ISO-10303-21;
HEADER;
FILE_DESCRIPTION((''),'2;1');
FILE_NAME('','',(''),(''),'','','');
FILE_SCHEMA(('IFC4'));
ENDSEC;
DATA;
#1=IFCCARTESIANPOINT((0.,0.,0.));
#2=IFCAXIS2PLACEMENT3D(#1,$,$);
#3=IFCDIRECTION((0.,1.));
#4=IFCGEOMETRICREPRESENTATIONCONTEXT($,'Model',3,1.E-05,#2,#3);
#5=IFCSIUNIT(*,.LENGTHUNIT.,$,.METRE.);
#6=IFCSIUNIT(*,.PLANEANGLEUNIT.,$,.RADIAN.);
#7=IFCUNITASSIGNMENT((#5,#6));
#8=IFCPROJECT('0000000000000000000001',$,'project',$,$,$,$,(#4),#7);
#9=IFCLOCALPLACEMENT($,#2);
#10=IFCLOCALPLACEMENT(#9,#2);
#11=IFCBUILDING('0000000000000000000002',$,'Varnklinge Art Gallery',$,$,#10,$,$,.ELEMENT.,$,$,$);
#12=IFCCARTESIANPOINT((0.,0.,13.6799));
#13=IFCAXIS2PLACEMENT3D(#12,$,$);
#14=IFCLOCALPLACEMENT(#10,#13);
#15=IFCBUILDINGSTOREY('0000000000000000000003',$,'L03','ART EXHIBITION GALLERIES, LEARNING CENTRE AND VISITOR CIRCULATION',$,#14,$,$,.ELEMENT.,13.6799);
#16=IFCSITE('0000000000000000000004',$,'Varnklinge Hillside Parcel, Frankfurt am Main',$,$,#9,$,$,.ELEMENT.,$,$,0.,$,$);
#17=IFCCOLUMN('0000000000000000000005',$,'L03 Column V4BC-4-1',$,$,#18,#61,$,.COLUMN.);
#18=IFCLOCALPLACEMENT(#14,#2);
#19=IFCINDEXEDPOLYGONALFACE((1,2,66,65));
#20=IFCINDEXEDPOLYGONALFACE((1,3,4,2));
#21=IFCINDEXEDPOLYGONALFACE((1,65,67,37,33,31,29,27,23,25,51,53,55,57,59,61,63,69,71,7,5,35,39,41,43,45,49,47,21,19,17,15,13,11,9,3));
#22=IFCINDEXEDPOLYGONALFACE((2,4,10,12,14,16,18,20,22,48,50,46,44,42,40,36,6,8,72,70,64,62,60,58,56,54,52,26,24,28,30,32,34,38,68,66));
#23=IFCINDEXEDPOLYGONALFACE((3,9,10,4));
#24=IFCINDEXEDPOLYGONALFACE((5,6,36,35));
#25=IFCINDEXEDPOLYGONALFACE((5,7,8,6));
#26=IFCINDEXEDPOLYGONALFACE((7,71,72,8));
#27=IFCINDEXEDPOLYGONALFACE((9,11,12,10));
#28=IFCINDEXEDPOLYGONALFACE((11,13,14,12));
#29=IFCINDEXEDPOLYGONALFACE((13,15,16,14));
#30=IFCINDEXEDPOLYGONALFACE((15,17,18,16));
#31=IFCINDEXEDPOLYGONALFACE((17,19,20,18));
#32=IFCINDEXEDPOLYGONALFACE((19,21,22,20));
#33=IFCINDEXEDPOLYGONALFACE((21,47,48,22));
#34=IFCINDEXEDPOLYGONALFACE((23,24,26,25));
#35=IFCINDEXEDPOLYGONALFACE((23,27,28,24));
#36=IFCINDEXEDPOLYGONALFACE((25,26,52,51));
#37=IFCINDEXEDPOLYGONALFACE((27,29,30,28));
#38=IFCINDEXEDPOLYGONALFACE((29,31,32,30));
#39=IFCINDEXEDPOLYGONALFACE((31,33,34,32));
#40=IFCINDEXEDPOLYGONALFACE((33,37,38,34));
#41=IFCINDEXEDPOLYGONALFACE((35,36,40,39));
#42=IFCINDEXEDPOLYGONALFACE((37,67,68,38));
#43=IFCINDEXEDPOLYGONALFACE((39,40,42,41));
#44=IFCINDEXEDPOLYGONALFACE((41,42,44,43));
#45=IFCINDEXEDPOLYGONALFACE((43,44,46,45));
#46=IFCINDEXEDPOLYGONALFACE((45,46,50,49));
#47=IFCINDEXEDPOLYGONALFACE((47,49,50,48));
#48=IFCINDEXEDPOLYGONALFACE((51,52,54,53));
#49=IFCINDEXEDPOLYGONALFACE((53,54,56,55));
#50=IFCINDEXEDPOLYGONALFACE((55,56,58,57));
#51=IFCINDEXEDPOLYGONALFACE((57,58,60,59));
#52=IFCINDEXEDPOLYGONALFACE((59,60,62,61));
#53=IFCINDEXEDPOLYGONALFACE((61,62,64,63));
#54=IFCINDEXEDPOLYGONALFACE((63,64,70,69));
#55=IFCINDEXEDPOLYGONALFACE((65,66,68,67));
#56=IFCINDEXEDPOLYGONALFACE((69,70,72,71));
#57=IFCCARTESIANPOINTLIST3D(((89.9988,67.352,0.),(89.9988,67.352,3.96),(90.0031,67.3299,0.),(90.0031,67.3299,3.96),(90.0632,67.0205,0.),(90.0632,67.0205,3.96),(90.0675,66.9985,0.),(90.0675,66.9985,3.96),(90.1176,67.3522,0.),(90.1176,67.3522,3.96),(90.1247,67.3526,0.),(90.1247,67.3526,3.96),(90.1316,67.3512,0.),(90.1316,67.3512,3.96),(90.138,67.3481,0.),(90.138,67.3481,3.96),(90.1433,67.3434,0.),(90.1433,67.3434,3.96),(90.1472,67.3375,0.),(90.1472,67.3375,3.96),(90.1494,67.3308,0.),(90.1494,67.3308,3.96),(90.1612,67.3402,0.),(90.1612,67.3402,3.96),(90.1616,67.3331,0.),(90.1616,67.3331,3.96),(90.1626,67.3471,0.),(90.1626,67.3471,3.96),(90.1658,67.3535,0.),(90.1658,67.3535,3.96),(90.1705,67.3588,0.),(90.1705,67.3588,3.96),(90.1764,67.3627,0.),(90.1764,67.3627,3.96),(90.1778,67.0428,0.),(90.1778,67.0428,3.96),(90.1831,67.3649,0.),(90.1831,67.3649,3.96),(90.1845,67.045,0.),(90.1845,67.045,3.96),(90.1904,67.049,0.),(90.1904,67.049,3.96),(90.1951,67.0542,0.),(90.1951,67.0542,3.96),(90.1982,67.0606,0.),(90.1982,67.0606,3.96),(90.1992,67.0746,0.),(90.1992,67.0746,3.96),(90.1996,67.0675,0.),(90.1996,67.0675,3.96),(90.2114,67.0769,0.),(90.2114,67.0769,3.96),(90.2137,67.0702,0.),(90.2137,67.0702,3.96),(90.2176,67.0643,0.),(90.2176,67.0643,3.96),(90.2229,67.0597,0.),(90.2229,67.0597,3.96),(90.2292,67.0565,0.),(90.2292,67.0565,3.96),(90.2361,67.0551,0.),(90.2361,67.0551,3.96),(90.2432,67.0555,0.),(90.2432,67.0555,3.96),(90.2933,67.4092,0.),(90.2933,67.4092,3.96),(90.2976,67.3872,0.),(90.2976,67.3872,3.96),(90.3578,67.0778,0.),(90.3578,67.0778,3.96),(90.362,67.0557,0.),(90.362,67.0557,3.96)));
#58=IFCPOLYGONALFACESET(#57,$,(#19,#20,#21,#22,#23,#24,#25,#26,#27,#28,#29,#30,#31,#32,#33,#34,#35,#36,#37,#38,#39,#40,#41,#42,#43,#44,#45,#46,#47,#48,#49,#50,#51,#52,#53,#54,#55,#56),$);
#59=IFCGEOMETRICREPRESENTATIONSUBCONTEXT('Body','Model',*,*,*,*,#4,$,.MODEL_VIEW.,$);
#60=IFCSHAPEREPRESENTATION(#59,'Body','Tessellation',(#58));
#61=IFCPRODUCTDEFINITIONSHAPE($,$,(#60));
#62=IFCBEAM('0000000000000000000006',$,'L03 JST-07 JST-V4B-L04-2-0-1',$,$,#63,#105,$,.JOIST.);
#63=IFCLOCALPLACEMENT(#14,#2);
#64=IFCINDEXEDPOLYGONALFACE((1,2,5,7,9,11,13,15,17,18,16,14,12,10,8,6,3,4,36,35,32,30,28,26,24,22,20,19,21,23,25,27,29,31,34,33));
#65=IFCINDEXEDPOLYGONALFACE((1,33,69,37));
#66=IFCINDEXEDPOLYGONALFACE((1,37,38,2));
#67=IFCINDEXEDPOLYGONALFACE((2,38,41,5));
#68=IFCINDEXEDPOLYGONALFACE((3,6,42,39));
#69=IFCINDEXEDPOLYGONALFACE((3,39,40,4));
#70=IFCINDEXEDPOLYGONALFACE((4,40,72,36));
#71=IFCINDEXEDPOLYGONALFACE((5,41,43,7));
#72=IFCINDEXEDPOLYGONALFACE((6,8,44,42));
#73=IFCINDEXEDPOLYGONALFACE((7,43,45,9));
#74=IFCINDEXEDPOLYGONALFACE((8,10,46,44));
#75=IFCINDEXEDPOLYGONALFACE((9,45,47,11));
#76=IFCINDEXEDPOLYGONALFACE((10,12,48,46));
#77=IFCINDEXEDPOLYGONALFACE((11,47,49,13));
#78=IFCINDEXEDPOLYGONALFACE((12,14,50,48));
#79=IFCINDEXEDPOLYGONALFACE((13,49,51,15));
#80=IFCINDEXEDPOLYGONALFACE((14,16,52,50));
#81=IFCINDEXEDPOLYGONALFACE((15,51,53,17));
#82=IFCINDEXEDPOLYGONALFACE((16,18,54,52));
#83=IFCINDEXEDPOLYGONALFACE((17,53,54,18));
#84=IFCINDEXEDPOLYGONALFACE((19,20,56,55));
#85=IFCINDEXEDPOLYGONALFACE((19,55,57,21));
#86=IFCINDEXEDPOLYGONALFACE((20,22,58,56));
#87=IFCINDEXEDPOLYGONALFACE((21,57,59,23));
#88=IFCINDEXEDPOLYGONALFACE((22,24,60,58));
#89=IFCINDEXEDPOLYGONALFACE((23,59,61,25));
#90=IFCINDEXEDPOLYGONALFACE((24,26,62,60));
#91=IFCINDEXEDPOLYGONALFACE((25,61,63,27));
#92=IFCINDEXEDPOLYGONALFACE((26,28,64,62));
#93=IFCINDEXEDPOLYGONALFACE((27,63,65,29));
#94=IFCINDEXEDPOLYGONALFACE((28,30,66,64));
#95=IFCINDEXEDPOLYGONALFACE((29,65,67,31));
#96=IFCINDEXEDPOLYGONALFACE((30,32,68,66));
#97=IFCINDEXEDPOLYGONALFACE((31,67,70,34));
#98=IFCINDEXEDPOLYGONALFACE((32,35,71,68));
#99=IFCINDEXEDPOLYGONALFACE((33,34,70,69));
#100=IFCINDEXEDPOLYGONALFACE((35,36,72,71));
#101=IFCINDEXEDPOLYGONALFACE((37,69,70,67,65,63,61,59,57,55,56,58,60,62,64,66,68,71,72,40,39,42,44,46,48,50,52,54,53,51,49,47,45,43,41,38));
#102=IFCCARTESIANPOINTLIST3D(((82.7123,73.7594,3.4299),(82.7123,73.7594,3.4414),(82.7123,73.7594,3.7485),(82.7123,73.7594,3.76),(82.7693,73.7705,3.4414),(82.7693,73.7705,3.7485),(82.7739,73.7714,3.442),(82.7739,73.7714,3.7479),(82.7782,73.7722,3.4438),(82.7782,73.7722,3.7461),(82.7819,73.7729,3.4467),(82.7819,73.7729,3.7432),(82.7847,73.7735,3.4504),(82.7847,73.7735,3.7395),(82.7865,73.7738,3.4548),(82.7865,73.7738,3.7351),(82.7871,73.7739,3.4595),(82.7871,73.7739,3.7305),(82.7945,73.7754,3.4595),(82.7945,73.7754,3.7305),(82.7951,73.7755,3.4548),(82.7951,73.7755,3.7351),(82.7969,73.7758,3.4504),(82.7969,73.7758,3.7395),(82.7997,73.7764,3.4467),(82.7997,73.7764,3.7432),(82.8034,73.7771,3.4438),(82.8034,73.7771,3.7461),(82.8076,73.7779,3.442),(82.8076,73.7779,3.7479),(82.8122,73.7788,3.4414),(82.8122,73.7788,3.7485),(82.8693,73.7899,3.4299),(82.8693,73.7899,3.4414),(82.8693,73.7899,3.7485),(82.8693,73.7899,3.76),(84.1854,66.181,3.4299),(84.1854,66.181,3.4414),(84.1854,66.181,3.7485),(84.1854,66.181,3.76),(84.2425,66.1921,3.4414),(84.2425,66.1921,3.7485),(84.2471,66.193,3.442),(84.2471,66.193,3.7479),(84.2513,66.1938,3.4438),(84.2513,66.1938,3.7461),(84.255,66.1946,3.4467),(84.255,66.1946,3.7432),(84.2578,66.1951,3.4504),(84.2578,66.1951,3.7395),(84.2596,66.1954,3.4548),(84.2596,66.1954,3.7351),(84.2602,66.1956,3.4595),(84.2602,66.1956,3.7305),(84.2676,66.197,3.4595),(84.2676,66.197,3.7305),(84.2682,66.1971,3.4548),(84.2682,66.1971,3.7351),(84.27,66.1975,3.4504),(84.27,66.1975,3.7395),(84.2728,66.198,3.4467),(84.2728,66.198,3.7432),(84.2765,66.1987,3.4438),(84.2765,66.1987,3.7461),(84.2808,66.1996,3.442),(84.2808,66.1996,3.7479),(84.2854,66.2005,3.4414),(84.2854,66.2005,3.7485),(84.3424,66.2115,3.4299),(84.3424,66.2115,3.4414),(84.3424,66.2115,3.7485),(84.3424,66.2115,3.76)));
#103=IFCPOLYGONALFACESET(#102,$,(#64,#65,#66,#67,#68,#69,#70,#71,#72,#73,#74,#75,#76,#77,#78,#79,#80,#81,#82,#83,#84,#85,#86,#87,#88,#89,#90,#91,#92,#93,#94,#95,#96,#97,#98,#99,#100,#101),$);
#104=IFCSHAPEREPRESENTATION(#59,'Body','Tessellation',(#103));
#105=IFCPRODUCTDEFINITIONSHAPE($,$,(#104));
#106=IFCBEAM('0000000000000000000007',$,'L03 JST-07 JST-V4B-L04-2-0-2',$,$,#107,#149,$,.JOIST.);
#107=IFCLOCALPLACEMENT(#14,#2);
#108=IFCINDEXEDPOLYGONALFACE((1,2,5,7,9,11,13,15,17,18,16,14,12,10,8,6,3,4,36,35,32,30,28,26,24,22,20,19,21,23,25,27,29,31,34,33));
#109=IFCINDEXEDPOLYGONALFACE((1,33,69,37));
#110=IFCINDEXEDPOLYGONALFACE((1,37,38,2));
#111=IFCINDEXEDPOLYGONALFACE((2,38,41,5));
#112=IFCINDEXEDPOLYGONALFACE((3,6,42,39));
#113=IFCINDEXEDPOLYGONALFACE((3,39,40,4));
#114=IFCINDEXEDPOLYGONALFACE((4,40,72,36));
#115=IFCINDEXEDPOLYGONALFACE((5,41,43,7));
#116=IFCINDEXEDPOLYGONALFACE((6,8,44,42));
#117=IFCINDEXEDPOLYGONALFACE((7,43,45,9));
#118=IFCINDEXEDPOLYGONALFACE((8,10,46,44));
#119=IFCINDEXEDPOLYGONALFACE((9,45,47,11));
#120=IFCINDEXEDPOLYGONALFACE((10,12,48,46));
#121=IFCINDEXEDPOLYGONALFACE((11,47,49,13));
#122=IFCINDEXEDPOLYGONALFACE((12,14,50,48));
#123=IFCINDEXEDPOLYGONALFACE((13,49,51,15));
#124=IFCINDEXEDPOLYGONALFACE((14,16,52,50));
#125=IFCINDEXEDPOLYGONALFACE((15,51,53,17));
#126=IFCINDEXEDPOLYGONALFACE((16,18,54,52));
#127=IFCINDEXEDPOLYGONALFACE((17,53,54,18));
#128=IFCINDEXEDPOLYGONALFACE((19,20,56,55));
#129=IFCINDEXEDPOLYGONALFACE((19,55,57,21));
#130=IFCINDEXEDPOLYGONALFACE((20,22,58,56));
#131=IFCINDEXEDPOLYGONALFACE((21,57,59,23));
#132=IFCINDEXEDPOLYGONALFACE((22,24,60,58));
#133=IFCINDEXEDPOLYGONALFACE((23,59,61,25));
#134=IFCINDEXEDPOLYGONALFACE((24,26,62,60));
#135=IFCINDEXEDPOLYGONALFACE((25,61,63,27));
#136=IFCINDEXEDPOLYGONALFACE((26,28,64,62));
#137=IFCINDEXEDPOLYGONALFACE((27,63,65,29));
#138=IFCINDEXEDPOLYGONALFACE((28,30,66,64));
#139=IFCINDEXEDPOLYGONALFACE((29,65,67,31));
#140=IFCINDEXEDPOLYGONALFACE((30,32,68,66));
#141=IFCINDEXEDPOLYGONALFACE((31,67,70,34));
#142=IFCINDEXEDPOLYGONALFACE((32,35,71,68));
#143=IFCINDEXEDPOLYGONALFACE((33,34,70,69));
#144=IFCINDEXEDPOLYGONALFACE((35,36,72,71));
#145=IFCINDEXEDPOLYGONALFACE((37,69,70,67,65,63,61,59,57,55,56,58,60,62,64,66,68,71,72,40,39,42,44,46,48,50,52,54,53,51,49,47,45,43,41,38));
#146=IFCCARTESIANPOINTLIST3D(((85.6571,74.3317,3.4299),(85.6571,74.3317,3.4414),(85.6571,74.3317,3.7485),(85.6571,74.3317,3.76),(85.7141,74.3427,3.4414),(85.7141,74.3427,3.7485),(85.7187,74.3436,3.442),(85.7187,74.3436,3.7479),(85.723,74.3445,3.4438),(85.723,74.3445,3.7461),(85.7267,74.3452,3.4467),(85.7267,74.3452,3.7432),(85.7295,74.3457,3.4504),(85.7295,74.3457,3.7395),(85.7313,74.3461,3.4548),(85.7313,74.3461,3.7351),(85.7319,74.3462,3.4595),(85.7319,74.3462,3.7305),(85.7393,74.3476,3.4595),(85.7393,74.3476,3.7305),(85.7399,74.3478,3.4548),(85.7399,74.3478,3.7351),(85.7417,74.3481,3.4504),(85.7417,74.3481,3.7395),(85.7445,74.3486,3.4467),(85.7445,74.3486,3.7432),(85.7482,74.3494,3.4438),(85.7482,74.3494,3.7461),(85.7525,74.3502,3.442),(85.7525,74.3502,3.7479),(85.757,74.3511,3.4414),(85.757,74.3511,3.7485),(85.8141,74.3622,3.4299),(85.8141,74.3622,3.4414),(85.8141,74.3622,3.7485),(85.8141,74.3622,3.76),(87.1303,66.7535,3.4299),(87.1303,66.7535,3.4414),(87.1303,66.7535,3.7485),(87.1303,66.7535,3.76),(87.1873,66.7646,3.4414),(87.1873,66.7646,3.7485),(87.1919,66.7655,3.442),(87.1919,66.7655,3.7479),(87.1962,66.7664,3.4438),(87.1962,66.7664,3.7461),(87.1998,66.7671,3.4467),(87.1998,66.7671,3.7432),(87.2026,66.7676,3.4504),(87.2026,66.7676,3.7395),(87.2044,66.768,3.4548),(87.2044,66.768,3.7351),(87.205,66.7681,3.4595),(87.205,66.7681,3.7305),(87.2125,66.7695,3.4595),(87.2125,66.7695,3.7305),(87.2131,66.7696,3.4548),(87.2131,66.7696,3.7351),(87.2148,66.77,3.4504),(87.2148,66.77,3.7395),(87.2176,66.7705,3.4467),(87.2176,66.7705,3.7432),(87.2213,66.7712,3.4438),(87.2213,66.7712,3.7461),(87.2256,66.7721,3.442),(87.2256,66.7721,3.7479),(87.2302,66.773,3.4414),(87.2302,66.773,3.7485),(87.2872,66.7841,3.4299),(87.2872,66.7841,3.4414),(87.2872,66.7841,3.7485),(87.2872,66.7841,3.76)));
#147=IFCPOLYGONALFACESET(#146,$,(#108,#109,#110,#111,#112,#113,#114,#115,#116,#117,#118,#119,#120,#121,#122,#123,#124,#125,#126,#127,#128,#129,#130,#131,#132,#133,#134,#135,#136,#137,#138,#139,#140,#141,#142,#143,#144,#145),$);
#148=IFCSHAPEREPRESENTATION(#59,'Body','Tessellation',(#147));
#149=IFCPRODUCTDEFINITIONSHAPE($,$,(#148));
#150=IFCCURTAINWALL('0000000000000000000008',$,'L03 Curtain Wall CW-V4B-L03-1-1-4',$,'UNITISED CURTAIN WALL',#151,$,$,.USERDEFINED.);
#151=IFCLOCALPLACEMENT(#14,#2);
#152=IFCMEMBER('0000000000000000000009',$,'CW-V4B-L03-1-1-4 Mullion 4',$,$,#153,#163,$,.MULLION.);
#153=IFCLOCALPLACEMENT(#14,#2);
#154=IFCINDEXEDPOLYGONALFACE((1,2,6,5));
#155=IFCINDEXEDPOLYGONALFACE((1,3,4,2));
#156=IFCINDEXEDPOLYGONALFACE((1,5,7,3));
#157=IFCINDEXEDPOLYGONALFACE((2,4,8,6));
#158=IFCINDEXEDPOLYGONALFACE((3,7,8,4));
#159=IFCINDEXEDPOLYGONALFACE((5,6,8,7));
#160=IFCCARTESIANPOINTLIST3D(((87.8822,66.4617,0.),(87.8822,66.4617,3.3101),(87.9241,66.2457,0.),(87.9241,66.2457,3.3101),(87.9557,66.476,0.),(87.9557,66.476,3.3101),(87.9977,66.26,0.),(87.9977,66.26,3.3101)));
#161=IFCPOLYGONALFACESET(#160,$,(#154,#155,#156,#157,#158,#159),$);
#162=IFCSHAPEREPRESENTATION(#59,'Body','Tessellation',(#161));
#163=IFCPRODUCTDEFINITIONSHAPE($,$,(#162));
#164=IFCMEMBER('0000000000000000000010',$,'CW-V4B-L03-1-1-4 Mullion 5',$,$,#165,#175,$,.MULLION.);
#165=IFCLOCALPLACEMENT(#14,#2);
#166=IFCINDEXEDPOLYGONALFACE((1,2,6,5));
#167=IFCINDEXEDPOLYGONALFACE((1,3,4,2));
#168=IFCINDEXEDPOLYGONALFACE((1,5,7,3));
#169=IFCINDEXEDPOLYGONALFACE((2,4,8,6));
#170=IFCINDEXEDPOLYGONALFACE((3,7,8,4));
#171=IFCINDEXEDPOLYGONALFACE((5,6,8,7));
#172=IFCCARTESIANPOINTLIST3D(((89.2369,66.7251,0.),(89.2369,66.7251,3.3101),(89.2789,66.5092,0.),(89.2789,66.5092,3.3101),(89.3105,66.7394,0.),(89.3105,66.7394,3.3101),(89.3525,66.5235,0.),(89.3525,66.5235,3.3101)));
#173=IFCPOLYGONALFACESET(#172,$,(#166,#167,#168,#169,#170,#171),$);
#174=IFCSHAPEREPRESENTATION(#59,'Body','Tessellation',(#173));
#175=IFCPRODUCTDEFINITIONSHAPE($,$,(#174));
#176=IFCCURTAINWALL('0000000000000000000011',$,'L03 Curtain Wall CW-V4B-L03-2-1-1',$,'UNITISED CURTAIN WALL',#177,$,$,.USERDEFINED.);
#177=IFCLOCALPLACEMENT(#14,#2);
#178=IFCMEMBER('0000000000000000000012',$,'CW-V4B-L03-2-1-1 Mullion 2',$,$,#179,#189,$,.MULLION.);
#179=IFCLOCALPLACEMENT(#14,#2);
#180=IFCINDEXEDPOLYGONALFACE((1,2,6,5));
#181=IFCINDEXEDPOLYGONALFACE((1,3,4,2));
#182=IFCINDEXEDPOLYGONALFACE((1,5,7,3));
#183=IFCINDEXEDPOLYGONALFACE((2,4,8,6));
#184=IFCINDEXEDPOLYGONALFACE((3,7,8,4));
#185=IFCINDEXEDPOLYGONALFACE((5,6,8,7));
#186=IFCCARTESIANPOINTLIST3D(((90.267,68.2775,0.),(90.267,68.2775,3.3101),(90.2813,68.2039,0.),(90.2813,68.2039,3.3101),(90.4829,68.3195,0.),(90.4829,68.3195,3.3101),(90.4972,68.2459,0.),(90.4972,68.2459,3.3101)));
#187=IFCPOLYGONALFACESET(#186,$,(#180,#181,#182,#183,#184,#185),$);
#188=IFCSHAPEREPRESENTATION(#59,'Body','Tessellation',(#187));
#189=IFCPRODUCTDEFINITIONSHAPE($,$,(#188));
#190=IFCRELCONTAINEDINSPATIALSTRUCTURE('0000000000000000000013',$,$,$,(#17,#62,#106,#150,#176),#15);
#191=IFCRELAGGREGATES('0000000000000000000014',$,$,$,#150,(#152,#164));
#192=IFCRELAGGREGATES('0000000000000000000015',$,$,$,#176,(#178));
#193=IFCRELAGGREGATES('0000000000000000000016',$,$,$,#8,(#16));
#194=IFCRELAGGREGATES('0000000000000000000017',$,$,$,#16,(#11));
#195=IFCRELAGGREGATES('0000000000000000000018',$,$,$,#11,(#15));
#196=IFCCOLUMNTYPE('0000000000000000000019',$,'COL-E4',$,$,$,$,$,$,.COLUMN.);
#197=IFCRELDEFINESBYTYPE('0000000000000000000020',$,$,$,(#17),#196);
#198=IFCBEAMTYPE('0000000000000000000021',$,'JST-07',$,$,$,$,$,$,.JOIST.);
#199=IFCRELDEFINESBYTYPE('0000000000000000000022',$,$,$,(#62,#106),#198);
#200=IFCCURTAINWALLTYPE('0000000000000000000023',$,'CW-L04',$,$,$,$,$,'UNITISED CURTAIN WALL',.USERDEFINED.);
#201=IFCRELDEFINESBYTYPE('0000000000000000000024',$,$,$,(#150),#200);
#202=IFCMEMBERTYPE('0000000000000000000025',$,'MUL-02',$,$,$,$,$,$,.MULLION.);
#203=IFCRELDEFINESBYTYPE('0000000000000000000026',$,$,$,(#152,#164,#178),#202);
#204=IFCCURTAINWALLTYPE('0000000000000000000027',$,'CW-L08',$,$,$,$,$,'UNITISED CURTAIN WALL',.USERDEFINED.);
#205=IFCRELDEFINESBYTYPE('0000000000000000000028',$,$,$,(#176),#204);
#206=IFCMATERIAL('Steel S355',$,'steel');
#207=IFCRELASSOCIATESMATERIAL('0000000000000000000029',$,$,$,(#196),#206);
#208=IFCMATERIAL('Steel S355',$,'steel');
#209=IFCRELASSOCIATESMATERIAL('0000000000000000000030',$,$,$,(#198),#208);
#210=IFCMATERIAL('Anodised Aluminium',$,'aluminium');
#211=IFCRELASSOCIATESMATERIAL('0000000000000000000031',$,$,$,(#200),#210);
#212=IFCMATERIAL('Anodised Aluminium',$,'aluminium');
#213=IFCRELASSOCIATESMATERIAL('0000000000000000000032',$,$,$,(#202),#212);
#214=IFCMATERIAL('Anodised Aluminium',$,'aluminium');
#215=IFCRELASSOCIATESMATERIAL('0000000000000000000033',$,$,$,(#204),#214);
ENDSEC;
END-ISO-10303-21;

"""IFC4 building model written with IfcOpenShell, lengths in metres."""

from ifc_helpers import new_model, si_unit, direction, frame, origin, origin_2d, place, context, subcontext, project, spatial, rectangle, i_section, extrude, material, material_profile, profile_set, type_object, element, aggregate, save


model = new_model("IFC4")

# Units and contexts
model_context = context("Model", 3, precision=1e-05, world=origin(), true_north=direction((0.0, 1.0)))
body_context = subcontext(model_context, "Body", "Model", "MODEL_VIEW")
ifc_project = project(units=[si_unit("LENGTHUNIT", "METRE"), si_unit("PLANEANGLEUNIT", "RADIAN")], contexts=[model_context])

# Site, building, storey
site_placement = place(None, origin())
site = spatial("IfcSite", under=ifc_project, at=site_placement, Name="Varnklinge Hillside Parcel, Frankfurt am Main", CompositionType="ELEMENT", RefElevation=0.0)
building_placement = place(site_placement, origin())
building = spatial("IfcBuilding", under=site, at=building_placement, Name="Varnklinge Art Gallery", CompositionType="ELEMENT")
storey_placement = place(building_placement, frame((0.0, 0.0, 13.6799)))
storey = spatial("IfcBuildingStorey", under=building, at=storey_placement, Name="L03", Description="ART EXHIBITION GALLERIES, LEARNING CENTRE AND VISITOR CIRCULATION", CompositionType="ELEMENT", Elevation=13.6799)

# Column
ifc_material_1 = material(Name="Steel S355", Category="steel")
ifc_material_profile_1 = material_profile(ifc_material_1, i_section(OverallWidth=0.3, OverallDepth=0.3601, WebThickness=0.0125, FlangeThickness=0.0225, FilletRadius=0.0271, at=origin_2d()), Name="HEB 360")
ifc_profile_set_1 = profile_set([ifc_material_profile_1], Name="Steel S355")
column_type = type_object("IfcColumnType", Name="COL-E4", PredefinedType="COLUMN", material=ifc_profile_set_1)
column_placement = place(storey_placement, frame((90.1804, 67.2039, 0.0), z_axis=(0.0, 0.0, 1.0), x_axis=(0.981627, 0.190809, 0.0)))
element("IfcColumn", 1, at=column_placement, inside=storey, type_object=column_type, Name="L03 Column V4BC-4-1", PredefinedType="COLUMN", context=body_context, shape_type="SweptSolid", body=[
    extrude(i_section(OverallWidth=0.3, OverallDepth=0.3601, WebThickness=0.0125, FlangeThickness=0.0225, FilletRadius=0.0271, at=origin_2d()), origin(), (0.0, 0.0, 1.0), 3.96),
])

# Beams
ifc_material_2 = material(Name="Steel S355", Category="steel")
ifc_material_profile_2 = material_profile(ifc_material_2, i_section(OverallWidth=0.1599, OverallDepth=0.3301, WebThickness=0.0076, FlangeThickness=0.0115, FilletRadius=0.0181, at=origin_2d()), Name="IPE 330")
ifc_profile_set_2 = profile_set([ifc_material_profile_2], Name="Steel S355")
beam_type_1 = type_object("IfcBeamType", Name="JST-07", PredefinedType="JOIST", material=ifc_profile_set_2)
beam_1_placement = place(storey_placement, frame((84.2639, 66.1963, 3.595), z_axis=(-0.190816, 0.981626, 0.0), x_axis=(-0.981626, -0.190816, 0.0)))
element("IfcBeam", 2, at=beam_1_placement, inside=storey, type_object=beam_type_1, Name="L03 JST-07 JST-V4B-L04-2-0-1", PredefinedType="JOIST", context=body_context, shape_type="SweptSolid", body=[
    extrude(i_section(OverallWidth=0.1599, OverallDepth=0.3301, WebThickness=0.0076, FlangeThickness=0.0115, FilletRadius=0.0181, at=origin_2d()), origin(), (0.0, 0.0, 1.0), 7.7202),
])
beam_2_placement = place(storey_placement, frame((87.2087, 66.7688, 3.595), z_axis=(-0.190822, 0.981625, 0.0), x_axis=(-0.981625, -0.190822, 0.0)))
element("IfcBeam", 3, at=beam_2_placement, inside=storey, type_object=beam_type_1, Name="L03 JST-07 JST-V4B-L04-2-0-2", PredefinedType="JOIST", context=body_context, shape_type="SweptSolid", body=[
    extrude(i_section(OverallWidth=0.1599, OverallDepth=0.3301, WebThickness=0.0076, FlangeThickness=0.0115, FilletRadius=0.0181, at=origin_2d()), origin(), (0.0, 0.0, 1.0), 7.72),
])

# Curtain walls, members
ifc_material_3 = material(Name="Anodised Aluminium", Category="aluminium")
curtain_wall_type_1 = type_object("IfcCurtainWallType", Name="CW-L04", ElementType="UNITISED CURTAIN WALL", PredefinedType="USERDEFINED", material=ifc_material_3)
curtain_wall_1_placement = place(storey_placement, origin())
curtain_wall_1 = element("IfcCurtainWall", 4, at=curtain_wall_1_placement, inside=storey, type_object=curtain_wall_type_1, Name="L03 Curtain Wall CW-V4B-L03-1-1-4", ObjectType="UNITISED CURTAIN WALL", PredefinedType="USERDEFINED")
ifc_material_4 = material(Name="Anodised Aluminium", Category="aluminium")
ifc_material_profile_3 = material_profile(ifc_material_4, rectangle(XDim=0.075, YDim=0.22, at=origin_2d()), Name="ALU 75x220")
ifc_profile_set_3 = profile_set([ifc_material_profile_3], Name="Anodised Aluminium")
member_type = type_object("IfcMemberType", Name="MUL-02", PredefinedType="MULLION", material=ifc_profile_set_3)
member_1_placement = place(storey_placement, frame((87.9399, 66.3608, 0.0), z_axis=(0.0, 0.0, 1.0), x_axis=(0.981627, 0.190809, 0.0)))
member_1 = element("IfcMember", 5, at=member_1_placement, type_object=member_type, Name="CW-V4B-L03-1-1-4 Mullion 4", PredefinedType="MULLION", context=body_context, shape_type="SweptSolid", body=[
    extrude(rectangle(XDim=0.075, YDim=0.22, at=origin_2d()), origin(), (0.0, 0.0, 1.0), 3.3101),
])
member_2_placement = place(storey_placement, frame((89.2947, 66.6243, 0.0), z_axis=(0.0, 0.0, 1.0), x_axis=(0.981627, 0.190809, 0.0)))
member_2 = element("IfcMember", 6, at=member_2_placement, type_object=member_type, Name="CW-V4B-L03-1-1-4 Mullion 5", PredefinedType="MULLION", context=body_context, shape_type="SweptSolid", body=[
    extrude(rectangle(XDim=0.075, YDim=0.22, at=origin_2d()), origin(), (0.0, 0.0, 1.0), 3.3101),
])
ifc_material_5 = material(Name="Anodised Aluminium", Category="aluminium")
curtain_wall_type_2 = type_object("IfcCurtainWallType", Name="CW-L08", ElementType="UNITISED CURTAIN WALL", PredefinedType="USERDEFINED", material=ifc_material_5)
curtain_wall_2_placement = place(storey_placement, origin())
curtain_wall_2 = element("IfcCurtainWall", 7, at=curtain_wall_2_placement, inside=storey, type_object=curtain_wall_type_2, Name="L03 Curtain Wall CW-V4B-L03-2-1-1", ObjectType="UNITISED CURTAIN WALL", PredefinedType="USERDEFINED")
member_3_placement = place(storey_placement, frame((90.3821, 68.2617, 0.0), z_axis=(0.0, 0.0, 1.0), x_axis=(-0.190809, 0.981627, 0.0)))
member_3 = element("IfcMember", 8, at=member_3_placement, type_object=member_type, Name="CW-V4B-L03-2-1-1 Mullion 2", PredefinedType="MULLION", context=body_context, shape_type="SweptSolid", body=[
    extrude(rectangle(XDim=0.075, YDim=0.22, at=origin_2d()), origin(), (0.0, 0.0, 1.0), 3.3101),
])

aggregate(curtain_wall_1, [member_1, member_2])
aggregate(curtain_wall_2, [member_3])

save(model, "model.ifc")
